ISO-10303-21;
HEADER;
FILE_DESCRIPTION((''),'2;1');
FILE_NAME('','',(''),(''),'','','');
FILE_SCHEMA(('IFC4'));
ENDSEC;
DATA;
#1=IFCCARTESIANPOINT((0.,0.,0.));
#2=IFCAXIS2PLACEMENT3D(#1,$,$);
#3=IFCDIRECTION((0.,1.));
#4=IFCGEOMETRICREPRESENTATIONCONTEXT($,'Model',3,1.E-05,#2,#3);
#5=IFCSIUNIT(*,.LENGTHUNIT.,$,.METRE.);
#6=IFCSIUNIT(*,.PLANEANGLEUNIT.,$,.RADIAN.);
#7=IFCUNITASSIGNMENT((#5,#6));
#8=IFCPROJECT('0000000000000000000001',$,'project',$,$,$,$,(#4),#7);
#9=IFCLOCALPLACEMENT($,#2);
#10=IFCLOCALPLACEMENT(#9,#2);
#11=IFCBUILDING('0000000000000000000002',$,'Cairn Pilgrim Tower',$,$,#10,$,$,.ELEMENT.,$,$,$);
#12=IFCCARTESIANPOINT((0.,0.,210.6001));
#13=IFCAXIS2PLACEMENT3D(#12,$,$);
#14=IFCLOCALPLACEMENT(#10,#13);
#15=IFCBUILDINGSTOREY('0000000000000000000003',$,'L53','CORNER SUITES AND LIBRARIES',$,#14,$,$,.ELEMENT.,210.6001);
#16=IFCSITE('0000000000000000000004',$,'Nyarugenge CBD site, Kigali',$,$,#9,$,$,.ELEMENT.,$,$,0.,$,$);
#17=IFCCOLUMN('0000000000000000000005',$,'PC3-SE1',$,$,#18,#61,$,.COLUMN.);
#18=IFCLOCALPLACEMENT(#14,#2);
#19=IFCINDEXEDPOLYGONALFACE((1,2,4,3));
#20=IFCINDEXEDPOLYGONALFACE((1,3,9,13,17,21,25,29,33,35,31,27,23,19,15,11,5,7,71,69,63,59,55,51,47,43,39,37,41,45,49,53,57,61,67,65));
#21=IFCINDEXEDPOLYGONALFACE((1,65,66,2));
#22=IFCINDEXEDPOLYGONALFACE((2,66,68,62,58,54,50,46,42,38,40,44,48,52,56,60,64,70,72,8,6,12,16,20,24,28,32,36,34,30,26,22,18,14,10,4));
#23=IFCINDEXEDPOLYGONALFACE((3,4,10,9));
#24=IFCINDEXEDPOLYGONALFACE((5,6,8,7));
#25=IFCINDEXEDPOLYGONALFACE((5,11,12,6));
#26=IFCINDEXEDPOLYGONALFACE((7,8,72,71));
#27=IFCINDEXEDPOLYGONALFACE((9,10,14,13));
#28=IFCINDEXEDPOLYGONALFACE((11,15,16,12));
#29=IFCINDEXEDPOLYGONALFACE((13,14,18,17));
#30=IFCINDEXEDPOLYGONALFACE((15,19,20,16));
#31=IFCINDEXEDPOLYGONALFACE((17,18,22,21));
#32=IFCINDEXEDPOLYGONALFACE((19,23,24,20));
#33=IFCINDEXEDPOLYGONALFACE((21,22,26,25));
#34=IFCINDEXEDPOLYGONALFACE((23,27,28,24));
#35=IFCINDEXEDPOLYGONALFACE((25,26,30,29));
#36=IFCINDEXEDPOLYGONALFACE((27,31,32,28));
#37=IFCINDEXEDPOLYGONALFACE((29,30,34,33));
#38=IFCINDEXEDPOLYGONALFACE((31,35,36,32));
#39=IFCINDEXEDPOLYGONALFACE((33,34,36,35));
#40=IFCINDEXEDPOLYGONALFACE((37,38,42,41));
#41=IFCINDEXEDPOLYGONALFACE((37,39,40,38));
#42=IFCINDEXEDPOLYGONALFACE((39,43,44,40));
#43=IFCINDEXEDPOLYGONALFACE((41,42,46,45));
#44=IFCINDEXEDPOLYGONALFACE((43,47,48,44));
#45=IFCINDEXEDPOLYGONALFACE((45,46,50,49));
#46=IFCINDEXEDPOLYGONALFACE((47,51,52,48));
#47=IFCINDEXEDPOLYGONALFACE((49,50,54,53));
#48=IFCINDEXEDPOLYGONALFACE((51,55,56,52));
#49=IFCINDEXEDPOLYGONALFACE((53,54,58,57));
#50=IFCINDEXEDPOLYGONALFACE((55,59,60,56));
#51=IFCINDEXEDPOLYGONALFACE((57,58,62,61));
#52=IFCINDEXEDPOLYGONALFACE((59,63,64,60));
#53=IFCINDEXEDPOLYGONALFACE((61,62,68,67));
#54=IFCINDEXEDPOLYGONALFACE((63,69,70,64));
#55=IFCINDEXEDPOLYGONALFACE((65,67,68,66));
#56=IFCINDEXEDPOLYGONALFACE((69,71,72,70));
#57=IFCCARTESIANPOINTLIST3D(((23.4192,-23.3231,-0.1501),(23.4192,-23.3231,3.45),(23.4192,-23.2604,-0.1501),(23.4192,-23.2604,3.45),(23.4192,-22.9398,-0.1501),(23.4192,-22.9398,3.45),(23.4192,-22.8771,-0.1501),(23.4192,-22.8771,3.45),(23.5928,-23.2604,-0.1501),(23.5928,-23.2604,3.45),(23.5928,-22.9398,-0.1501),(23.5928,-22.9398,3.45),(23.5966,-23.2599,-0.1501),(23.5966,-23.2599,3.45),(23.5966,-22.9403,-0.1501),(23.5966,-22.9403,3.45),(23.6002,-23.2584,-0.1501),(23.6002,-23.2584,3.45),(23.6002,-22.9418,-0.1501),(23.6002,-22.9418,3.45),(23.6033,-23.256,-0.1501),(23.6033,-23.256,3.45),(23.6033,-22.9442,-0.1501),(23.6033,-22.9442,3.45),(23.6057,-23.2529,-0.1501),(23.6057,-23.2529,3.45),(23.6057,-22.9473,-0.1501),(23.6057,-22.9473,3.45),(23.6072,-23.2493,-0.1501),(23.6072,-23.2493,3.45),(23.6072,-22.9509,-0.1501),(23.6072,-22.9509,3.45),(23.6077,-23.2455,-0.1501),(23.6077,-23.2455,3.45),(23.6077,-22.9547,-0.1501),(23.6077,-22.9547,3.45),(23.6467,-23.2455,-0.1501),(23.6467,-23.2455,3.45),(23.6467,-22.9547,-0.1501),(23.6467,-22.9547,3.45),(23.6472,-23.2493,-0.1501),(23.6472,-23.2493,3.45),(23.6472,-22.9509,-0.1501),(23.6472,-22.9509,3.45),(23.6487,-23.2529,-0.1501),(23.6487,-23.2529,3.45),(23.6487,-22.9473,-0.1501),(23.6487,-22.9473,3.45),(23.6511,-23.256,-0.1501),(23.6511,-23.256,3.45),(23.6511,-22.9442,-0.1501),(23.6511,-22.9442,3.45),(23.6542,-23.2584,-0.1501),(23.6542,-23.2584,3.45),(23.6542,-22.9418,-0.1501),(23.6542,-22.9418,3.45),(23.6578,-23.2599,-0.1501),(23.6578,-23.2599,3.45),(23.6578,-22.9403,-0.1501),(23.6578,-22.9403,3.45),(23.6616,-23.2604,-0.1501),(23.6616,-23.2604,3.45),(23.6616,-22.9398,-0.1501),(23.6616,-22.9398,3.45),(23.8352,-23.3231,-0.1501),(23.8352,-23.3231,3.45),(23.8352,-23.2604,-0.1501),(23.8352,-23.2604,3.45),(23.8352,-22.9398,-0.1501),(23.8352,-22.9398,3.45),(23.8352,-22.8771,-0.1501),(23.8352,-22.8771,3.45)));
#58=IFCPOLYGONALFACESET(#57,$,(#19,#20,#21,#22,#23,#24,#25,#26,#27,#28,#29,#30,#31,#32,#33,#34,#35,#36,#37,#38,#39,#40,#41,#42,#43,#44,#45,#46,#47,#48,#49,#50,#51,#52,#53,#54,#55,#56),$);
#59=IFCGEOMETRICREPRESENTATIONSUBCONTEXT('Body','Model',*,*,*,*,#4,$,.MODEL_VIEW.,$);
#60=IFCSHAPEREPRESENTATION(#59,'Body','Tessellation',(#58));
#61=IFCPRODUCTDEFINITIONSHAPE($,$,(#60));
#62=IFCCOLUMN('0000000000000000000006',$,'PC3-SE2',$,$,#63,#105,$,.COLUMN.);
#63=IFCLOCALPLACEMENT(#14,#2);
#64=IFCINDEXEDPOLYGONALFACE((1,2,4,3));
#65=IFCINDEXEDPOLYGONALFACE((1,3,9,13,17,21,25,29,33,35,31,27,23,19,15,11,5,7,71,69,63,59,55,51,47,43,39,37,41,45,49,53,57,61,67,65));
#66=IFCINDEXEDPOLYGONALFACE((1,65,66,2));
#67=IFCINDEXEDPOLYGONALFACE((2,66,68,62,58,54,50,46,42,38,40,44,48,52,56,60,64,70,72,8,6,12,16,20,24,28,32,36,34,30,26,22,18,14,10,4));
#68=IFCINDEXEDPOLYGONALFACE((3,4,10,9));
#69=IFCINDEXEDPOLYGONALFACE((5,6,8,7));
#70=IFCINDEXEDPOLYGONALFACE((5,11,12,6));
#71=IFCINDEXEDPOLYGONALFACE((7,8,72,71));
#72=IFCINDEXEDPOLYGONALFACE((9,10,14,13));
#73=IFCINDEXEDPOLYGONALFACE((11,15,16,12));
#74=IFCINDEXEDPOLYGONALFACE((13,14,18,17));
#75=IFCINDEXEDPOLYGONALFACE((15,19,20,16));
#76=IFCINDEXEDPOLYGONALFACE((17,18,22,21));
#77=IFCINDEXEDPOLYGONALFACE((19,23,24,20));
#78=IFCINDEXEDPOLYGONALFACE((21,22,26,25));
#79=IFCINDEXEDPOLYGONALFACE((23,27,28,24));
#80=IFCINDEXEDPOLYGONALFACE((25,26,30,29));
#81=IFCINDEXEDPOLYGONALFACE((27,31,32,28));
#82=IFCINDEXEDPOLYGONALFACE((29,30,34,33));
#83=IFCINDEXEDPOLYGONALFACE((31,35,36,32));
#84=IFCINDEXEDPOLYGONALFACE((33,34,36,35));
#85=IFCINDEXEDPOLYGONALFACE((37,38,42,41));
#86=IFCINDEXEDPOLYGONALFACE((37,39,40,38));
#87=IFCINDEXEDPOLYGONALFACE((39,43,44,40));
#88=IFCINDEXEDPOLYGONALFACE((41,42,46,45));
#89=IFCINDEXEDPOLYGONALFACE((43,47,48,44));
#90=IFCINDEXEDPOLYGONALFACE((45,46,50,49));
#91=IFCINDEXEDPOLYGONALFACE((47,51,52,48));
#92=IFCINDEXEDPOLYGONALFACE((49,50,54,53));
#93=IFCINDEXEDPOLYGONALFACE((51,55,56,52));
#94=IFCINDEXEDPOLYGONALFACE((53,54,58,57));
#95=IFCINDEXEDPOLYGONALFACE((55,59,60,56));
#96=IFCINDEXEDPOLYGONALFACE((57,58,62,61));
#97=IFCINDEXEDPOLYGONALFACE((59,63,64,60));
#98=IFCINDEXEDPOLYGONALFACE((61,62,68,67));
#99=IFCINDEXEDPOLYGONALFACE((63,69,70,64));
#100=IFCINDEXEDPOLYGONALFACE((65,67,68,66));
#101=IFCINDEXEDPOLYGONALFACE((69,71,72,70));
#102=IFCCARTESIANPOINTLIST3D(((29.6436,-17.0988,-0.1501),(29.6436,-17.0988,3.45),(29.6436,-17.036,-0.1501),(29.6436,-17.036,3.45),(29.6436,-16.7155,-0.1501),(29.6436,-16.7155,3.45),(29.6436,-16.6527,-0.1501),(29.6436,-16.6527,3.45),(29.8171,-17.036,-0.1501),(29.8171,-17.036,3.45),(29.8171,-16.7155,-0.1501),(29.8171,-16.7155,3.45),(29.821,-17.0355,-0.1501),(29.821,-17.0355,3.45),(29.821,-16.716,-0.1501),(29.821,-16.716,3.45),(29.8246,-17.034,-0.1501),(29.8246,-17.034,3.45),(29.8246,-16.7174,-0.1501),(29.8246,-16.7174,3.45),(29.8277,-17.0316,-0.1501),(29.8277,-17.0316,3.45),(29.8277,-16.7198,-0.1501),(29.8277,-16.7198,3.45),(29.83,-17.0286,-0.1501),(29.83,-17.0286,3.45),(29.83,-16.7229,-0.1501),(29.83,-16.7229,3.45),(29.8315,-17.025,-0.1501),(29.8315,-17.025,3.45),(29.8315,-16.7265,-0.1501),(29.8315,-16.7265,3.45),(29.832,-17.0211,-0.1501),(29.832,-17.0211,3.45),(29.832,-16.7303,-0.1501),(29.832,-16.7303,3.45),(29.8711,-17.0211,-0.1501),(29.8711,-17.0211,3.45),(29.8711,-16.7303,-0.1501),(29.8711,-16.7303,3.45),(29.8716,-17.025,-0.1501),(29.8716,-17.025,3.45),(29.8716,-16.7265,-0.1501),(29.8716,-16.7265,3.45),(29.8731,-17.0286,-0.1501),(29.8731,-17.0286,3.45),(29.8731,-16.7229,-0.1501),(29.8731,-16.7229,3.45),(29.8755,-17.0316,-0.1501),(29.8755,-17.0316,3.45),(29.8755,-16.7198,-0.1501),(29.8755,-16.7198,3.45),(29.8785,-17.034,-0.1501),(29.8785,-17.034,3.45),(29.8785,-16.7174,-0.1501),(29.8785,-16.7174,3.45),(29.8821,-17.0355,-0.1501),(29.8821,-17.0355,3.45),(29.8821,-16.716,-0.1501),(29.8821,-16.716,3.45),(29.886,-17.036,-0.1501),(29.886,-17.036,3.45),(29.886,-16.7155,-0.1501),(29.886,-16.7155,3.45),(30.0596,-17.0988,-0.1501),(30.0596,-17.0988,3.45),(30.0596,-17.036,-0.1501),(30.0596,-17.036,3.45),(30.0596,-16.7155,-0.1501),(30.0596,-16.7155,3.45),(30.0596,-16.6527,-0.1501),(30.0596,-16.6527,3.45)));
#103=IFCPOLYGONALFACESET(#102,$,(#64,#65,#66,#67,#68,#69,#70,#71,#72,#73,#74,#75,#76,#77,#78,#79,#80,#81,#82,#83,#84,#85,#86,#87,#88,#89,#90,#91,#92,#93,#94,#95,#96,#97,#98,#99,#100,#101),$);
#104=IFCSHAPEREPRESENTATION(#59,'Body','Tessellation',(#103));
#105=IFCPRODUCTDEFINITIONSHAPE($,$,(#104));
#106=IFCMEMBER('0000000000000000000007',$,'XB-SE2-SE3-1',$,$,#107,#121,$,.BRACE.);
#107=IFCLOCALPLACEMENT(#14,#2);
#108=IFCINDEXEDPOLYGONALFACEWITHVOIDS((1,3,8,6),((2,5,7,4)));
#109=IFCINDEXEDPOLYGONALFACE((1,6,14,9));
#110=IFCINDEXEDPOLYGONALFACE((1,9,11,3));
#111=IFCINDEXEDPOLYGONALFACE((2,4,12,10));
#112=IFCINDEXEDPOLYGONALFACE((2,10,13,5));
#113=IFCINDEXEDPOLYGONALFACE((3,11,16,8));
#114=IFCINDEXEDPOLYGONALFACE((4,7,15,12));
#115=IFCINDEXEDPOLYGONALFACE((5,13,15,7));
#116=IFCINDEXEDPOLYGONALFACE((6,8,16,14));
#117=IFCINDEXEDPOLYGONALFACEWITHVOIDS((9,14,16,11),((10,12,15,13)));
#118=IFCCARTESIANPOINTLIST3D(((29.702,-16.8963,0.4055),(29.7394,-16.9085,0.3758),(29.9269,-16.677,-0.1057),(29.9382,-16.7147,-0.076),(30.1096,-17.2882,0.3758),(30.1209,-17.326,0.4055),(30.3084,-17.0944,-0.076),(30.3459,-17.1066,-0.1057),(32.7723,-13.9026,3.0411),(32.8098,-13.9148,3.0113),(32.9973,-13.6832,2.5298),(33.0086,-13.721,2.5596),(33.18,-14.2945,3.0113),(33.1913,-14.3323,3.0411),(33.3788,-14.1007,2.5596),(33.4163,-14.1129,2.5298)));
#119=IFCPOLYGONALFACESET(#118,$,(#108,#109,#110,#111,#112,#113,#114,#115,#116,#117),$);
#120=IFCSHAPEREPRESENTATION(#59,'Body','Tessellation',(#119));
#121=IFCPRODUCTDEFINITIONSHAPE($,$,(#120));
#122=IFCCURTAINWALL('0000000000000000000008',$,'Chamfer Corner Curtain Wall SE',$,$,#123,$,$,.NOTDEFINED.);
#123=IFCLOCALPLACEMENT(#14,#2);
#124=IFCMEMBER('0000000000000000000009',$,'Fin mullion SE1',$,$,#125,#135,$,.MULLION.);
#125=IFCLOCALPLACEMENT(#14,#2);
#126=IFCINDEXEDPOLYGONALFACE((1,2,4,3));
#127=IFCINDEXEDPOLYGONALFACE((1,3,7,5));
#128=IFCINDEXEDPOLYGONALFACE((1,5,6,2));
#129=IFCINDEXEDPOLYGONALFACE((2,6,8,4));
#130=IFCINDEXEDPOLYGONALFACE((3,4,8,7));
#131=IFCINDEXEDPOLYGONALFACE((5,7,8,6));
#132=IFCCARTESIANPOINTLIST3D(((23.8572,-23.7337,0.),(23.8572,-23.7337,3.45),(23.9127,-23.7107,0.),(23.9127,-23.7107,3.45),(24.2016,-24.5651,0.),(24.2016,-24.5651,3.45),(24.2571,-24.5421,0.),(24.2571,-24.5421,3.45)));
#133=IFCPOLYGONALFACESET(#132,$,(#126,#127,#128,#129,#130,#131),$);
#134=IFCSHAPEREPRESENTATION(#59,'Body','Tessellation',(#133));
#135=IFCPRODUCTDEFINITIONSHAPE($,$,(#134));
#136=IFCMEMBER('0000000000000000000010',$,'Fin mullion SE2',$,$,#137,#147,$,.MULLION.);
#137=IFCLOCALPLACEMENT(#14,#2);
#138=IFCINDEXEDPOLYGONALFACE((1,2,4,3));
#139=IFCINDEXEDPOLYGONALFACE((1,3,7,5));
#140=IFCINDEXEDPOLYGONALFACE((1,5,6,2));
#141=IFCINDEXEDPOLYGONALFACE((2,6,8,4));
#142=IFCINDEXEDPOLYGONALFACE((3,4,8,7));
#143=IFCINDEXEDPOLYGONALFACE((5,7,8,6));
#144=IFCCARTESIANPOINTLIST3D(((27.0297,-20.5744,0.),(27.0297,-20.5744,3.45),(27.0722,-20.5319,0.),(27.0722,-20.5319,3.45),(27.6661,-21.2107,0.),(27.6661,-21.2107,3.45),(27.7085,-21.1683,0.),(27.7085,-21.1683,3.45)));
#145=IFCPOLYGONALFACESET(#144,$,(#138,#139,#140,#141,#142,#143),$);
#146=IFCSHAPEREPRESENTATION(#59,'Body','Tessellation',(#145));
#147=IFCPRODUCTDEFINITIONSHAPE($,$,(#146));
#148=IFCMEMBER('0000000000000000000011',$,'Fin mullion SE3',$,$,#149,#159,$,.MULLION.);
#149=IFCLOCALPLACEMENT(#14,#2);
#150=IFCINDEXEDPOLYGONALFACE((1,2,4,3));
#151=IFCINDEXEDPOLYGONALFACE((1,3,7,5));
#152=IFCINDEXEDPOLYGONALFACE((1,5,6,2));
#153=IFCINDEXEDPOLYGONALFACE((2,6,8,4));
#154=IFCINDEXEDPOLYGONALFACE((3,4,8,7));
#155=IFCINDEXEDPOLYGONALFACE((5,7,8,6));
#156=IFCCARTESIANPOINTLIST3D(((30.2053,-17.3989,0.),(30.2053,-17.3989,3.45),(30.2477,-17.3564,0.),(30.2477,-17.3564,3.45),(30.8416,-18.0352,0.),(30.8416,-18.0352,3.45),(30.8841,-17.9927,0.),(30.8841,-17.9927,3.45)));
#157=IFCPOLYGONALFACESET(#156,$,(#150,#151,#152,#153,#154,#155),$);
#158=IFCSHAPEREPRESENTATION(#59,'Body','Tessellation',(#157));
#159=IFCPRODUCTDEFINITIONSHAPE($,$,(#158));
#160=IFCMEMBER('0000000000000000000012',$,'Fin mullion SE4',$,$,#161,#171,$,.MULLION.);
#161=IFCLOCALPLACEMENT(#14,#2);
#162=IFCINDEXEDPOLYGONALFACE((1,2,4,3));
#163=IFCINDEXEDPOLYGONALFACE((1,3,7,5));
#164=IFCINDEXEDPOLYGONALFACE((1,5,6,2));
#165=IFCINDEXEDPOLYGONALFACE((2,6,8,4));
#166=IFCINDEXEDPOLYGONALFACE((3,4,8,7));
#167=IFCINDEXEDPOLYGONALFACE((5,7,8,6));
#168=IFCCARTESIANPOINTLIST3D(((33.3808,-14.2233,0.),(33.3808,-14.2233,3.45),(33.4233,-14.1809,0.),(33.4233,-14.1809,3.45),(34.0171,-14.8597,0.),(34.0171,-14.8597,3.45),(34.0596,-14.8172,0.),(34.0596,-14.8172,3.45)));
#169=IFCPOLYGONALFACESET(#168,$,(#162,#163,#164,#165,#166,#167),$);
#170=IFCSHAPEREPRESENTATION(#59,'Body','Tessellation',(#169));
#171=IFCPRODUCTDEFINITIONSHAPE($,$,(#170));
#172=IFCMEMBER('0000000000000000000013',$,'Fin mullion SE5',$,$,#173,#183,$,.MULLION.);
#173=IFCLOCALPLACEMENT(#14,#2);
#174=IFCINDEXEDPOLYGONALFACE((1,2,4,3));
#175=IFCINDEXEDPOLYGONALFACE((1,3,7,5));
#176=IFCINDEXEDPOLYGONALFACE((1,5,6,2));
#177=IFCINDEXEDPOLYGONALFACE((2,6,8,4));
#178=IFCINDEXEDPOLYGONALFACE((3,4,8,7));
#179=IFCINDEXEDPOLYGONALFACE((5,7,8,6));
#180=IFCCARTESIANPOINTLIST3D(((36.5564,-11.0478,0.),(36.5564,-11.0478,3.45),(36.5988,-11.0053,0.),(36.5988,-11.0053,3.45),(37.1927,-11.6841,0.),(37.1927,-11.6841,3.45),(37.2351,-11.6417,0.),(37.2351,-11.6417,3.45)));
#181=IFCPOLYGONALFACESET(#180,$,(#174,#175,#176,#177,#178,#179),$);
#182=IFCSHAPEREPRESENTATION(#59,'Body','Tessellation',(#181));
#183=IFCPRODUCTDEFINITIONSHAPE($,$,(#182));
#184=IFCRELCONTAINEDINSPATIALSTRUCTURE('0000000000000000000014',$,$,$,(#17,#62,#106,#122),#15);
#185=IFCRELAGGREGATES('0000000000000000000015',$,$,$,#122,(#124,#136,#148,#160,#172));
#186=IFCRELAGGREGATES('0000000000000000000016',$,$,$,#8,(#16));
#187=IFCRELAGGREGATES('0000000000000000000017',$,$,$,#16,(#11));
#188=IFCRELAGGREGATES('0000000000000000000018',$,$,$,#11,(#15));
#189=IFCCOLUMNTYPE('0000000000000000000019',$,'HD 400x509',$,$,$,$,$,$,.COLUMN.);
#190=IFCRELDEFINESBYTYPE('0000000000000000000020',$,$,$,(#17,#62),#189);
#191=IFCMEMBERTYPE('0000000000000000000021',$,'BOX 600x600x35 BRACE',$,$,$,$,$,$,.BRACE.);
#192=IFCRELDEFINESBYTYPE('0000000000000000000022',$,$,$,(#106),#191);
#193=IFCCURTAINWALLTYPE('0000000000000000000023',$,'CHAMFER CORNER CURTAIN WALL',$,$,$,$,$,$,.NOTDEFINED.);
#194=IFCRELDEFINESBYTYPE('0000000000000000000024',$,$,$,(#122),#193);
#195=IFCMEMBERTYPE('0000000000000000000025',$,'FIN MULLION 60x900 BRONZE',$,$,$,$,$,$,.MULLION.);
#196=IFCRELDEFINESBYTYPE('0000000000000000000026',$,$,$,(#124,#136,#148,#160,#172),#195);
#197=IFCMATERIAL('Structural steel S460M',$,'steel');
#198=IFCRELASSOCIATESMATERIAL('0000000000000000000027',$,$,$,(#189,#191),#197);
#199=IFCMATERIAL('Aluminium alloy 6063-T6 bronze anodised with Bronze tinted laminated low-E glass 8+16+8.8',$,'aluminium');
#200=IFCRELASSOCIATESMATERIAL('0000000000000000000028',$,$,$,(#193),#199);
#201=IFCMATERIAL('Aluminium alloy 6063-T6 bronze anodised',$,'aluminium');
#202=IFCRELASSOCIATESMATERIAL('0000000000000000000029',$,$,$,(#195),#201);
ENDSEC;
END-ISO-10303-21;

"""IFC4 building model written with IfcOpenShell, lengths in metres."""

from ifc_helpers import new_model, si_unit, direction, frame, origin, origin_2d, place, context, subcontext, project, spatial, rectangle, hollow_rectangle, i_section, extrude, material, material_profile, profile_set, type_object, element, aggregate, save


model = new_model("IFC4")

# Units and contexts
model_context = context("Model", 3, precision=1e-05, world=origin(), true_north=direction((0.0, 1.0)))
body_context = subcontext(model_context, "Body", "Model", "MODEL_VIEW")
ifc_project = project(units=[si_unit("LENGTHUNIT", "METRE"), si_unit("PLANEANGLEUNIT", "RADIAN")], contexts=[model_context])

# Site, building, storey
site_placement = place(None, origin())
site = spatial("IfcSite", under=ifc_project, at=site_placement, Name="Nyarugenge CBD site, Kigali", CompositionType="ELEMENT", RefElevation=0.0)
building_placement = place(site_placement, origin())
building = spatial("IfcBuilding", under=site, at=building_placement, Name="Cairn Pilgrim Tower", CompositionType="ELEMENT")
storey_placement = place(building_placement, frame((0.0, 0.0, 210.6001)))
storey = spatial("IfcBuildingStorey", under=building, at=storey_placement, Name="L53", Description="CORNER SUITES AND LIBRARIES", CompositionType="ELEMENT", Elevation=210.6001)

# Columns
ifc_material_1 = material(Name="Structural steel S460M", Category="steel")
ifc_material_profile_1 = material_profile(ifc_material_1, i_section(OverallWidth=0.416, OverallDepth=0.446, WebThickness=0.0391, FlangeThickness=0.0627, FilletRadius=0.0149, at=origin_2d()), Name="HD 400x509")
ifc_profile_set_1 = profile_set([ifc_material_profile_1], Name="Structural steel S460M")
column_type = type_object("IfcColumnType", Name="HD 400x509", PredefinedType="COLUMN", material=ifc_profile_set_1)
for number, where, z_axis, x_axis, name in (
    (1, (23.6272, -23.1001, -0.1501), (0.0, 0.0, 1.0), (1.0, 0.0, 0.0), "PC3-SE1"),
    (2, (29.8516, -16.8757, -0.1501), (0.0, 0.0, 1.0), (1.0, 0.0, 0.0), "PC3-SE2"),
):
    element("IfcColumn", number, at=place(storey_placement, frame(where, z_axis=z_axis, x_axis=x_axis)), inside=storey, type_object=column_type, Name=name, PredefinedType="COLUMN", context=body_context, shape_type="SweptSolid", body=[
        extrude(i_section(OverallWidth=0.416, OverallDepth=0.446, WebThickness=0.0391, FlangeThickness=0.0627, FilletRadius=0.0149, at=origin_2d()), origin(), (0.0, 0.0, 1.0), 3.6001),
    ])

# Member
ifc_material_profile_2 = material_profile(ifc_material_1, hollow_rectangle(XDim=0.6001, YDim=0.6001, WallThickness=0.0349, at=origin_2d()), Name="BOX 600x600x35")
ifc_profile_set_2 = profile_set([ifc_material_profile_2], Name="Structural steel S460M")
member_type_1 = type_object("IfcMemberType", Name="BOX 600x600x35 BRACE", PredefinedType="BRACE", material=ifc_profile_set_2)
member_1_placement = place(storey_placement, frame((30.0239, -17.0015, 0.1499), z_axis=(0.609994, 0.594763, 0.523607), x_axis=(-0.698112, 0.715989, 0.0)))
element("IfcMember", 3, at=member_1_placement, inside=storey, type_object=member_type_1, Name="XB-SE2-SE3-1", PredefinedType="BRACE", context=body_context, shape_type="SweptSolid", body=[
    extrude(hollow_rectangle(XDim=0.6001, YDim=0.6001, WallThickness=0.0349, at=origin_2d()), origin(), (0.0, 0.0, 1.0), 5.0334),
])

# Curtain wall, members
ifc_material_2 = material(Name="Aluminium alloy 6063-T6 bronze anodised with Bronze tinted laminated low-E glass 8+16+8.8", Category="aluminium")
curtain_wall_type = type_object("IfcCurtainWallType", Name="CHAMFER CORNER CURTAIN WALL", PredefinedType="NOTDEFINED", material=ifc_material_2)
curtain_wall_placement = place(storey_placement, origin())
curtain_wall = element("IfcCurtainWall", 4, at=curtain_wall_placement, inside=storey, type_object=curtain_wall_type, Name="Chamfer Corner Curtain Wall SE", PredefinedType="NOTDEFINED")
ifc_material_3 = material(Name="Aluminium alloy 6063-T6 bronze anodised", Category="aluminium")
ifc_material_profile_3 = material_profile(ifc_material_3, rectangle(XDim=0.8999, YDim=0.0601, at=origin_2d()), Name="FIN MULLION 60x900 BRONZE")
ifc_profile_set_3 = profile_set([ifc_material_profile_3], Name="Aluminium alloy 6063-T6 bronze anodised")
member_type_2 = type_object("IfcMemberType", Name="FIN MULLION 60x900 BRONZE", PredefinedType="MULLION", material=ifc_profile_set_3)
member_2_placement = place(storey_placement, frame((24.0571, -24.1379, 0.0), z_axis=(0.0, 0.0, 1.0), x_axis=(0.382683, -0.92388, 0.0)))
member_2 = element("IfcMember", 5, at=member_2_placement, type_object=member_type_2, Name="Fin mullion SE1", PredefinedType="MULLION", context=body_context, shape_type="SweptSolid", body=[
    extrude(rectangle(XDim=0.8999, YDim=0.0601, at=origin_2d()), origin(), (0.0, 0.0, 1.0), 3.45),
])
member_3_placement = place(storey_placement, frame((27.3691, -20.8713, 0.0), z_axis=(0.0, 0.0, 1.0), x_axis=(0.707107, -0.707107, 0.0)))
member_3 = element("IfcMember", 6, at=member_3_placement, type_object=member_type_2, Name="Fin mullion SE2", PredefinedType="MULLION", context=body_context, shape_type="SweptSolid", body=[
    extrude(rectangle(XDim=0.8999, YDim=0.0601, at=origin_2d()), origin(), (0.0, 0.0, 1.0), 3.45),
])
member_4_placement = place(storey_placement, frame((30.5447, -17.6958, 0.0), z_axis=(0.0, 0.0, 1.0), x_axis=(0.707107, -0.707107, 0.0)))
member_4 = element("IfcMember", 7, at=member_4_placement, type_object=member_type_2, Name="Fin mullion SE3", PredefinedType="MULLION", context=body_context, shape_type="SweptSolid", body=[
    extrude(rectangle(XDim=0.8999, YDim=0.0601, at=origin_2d()), origin(), (0.0, 0.0, 1.0), 3.45),
])
member_5_placement = place(storey_placement, frame((33.7202, -14.5203, 0.0), z_axis=(0.0, 0.0, 1.0), x_axis=(0.707107, -0.707107, 0.0)))
member_5 = element("IfcMember", 8, at=member_5_placement, type_object=member_type_2, Name="Fin mullion SE4", PredefinedType="MULLION", context=body_context, shape_type="SweptSolid", body=[
    extrude(rectangle(XDim=0.8999, YDim=0.0601, at=origin_2d()), origin(), (0.0, 0.0, 1.0), 3.45),
])
member_6_placement = place(storey_placement, frame((36.8958, -11.3447, 0.0), z_axis=(0.0, 0.0, 1.0), x_axis=(0.707107, -0.707107, 0.0)))
member_6 = element("IfcMember", 9, at=member_6_placement, type_object=member_type_2, Name="Fin mullion SE5", PredefinedType="MULLION", context=body_context, shape_type="SweptSolid", body=[
    extrude(rectangle(XDim=0.8999, YDim=0.0601, at=origin_2d()), origin(), (0.0, 0.0, 1.0), 3.45),
])

aggregate(curtain_wall, [member_2, member_3, member_4, member_5, member_6])

save(model, "model.ifc")
